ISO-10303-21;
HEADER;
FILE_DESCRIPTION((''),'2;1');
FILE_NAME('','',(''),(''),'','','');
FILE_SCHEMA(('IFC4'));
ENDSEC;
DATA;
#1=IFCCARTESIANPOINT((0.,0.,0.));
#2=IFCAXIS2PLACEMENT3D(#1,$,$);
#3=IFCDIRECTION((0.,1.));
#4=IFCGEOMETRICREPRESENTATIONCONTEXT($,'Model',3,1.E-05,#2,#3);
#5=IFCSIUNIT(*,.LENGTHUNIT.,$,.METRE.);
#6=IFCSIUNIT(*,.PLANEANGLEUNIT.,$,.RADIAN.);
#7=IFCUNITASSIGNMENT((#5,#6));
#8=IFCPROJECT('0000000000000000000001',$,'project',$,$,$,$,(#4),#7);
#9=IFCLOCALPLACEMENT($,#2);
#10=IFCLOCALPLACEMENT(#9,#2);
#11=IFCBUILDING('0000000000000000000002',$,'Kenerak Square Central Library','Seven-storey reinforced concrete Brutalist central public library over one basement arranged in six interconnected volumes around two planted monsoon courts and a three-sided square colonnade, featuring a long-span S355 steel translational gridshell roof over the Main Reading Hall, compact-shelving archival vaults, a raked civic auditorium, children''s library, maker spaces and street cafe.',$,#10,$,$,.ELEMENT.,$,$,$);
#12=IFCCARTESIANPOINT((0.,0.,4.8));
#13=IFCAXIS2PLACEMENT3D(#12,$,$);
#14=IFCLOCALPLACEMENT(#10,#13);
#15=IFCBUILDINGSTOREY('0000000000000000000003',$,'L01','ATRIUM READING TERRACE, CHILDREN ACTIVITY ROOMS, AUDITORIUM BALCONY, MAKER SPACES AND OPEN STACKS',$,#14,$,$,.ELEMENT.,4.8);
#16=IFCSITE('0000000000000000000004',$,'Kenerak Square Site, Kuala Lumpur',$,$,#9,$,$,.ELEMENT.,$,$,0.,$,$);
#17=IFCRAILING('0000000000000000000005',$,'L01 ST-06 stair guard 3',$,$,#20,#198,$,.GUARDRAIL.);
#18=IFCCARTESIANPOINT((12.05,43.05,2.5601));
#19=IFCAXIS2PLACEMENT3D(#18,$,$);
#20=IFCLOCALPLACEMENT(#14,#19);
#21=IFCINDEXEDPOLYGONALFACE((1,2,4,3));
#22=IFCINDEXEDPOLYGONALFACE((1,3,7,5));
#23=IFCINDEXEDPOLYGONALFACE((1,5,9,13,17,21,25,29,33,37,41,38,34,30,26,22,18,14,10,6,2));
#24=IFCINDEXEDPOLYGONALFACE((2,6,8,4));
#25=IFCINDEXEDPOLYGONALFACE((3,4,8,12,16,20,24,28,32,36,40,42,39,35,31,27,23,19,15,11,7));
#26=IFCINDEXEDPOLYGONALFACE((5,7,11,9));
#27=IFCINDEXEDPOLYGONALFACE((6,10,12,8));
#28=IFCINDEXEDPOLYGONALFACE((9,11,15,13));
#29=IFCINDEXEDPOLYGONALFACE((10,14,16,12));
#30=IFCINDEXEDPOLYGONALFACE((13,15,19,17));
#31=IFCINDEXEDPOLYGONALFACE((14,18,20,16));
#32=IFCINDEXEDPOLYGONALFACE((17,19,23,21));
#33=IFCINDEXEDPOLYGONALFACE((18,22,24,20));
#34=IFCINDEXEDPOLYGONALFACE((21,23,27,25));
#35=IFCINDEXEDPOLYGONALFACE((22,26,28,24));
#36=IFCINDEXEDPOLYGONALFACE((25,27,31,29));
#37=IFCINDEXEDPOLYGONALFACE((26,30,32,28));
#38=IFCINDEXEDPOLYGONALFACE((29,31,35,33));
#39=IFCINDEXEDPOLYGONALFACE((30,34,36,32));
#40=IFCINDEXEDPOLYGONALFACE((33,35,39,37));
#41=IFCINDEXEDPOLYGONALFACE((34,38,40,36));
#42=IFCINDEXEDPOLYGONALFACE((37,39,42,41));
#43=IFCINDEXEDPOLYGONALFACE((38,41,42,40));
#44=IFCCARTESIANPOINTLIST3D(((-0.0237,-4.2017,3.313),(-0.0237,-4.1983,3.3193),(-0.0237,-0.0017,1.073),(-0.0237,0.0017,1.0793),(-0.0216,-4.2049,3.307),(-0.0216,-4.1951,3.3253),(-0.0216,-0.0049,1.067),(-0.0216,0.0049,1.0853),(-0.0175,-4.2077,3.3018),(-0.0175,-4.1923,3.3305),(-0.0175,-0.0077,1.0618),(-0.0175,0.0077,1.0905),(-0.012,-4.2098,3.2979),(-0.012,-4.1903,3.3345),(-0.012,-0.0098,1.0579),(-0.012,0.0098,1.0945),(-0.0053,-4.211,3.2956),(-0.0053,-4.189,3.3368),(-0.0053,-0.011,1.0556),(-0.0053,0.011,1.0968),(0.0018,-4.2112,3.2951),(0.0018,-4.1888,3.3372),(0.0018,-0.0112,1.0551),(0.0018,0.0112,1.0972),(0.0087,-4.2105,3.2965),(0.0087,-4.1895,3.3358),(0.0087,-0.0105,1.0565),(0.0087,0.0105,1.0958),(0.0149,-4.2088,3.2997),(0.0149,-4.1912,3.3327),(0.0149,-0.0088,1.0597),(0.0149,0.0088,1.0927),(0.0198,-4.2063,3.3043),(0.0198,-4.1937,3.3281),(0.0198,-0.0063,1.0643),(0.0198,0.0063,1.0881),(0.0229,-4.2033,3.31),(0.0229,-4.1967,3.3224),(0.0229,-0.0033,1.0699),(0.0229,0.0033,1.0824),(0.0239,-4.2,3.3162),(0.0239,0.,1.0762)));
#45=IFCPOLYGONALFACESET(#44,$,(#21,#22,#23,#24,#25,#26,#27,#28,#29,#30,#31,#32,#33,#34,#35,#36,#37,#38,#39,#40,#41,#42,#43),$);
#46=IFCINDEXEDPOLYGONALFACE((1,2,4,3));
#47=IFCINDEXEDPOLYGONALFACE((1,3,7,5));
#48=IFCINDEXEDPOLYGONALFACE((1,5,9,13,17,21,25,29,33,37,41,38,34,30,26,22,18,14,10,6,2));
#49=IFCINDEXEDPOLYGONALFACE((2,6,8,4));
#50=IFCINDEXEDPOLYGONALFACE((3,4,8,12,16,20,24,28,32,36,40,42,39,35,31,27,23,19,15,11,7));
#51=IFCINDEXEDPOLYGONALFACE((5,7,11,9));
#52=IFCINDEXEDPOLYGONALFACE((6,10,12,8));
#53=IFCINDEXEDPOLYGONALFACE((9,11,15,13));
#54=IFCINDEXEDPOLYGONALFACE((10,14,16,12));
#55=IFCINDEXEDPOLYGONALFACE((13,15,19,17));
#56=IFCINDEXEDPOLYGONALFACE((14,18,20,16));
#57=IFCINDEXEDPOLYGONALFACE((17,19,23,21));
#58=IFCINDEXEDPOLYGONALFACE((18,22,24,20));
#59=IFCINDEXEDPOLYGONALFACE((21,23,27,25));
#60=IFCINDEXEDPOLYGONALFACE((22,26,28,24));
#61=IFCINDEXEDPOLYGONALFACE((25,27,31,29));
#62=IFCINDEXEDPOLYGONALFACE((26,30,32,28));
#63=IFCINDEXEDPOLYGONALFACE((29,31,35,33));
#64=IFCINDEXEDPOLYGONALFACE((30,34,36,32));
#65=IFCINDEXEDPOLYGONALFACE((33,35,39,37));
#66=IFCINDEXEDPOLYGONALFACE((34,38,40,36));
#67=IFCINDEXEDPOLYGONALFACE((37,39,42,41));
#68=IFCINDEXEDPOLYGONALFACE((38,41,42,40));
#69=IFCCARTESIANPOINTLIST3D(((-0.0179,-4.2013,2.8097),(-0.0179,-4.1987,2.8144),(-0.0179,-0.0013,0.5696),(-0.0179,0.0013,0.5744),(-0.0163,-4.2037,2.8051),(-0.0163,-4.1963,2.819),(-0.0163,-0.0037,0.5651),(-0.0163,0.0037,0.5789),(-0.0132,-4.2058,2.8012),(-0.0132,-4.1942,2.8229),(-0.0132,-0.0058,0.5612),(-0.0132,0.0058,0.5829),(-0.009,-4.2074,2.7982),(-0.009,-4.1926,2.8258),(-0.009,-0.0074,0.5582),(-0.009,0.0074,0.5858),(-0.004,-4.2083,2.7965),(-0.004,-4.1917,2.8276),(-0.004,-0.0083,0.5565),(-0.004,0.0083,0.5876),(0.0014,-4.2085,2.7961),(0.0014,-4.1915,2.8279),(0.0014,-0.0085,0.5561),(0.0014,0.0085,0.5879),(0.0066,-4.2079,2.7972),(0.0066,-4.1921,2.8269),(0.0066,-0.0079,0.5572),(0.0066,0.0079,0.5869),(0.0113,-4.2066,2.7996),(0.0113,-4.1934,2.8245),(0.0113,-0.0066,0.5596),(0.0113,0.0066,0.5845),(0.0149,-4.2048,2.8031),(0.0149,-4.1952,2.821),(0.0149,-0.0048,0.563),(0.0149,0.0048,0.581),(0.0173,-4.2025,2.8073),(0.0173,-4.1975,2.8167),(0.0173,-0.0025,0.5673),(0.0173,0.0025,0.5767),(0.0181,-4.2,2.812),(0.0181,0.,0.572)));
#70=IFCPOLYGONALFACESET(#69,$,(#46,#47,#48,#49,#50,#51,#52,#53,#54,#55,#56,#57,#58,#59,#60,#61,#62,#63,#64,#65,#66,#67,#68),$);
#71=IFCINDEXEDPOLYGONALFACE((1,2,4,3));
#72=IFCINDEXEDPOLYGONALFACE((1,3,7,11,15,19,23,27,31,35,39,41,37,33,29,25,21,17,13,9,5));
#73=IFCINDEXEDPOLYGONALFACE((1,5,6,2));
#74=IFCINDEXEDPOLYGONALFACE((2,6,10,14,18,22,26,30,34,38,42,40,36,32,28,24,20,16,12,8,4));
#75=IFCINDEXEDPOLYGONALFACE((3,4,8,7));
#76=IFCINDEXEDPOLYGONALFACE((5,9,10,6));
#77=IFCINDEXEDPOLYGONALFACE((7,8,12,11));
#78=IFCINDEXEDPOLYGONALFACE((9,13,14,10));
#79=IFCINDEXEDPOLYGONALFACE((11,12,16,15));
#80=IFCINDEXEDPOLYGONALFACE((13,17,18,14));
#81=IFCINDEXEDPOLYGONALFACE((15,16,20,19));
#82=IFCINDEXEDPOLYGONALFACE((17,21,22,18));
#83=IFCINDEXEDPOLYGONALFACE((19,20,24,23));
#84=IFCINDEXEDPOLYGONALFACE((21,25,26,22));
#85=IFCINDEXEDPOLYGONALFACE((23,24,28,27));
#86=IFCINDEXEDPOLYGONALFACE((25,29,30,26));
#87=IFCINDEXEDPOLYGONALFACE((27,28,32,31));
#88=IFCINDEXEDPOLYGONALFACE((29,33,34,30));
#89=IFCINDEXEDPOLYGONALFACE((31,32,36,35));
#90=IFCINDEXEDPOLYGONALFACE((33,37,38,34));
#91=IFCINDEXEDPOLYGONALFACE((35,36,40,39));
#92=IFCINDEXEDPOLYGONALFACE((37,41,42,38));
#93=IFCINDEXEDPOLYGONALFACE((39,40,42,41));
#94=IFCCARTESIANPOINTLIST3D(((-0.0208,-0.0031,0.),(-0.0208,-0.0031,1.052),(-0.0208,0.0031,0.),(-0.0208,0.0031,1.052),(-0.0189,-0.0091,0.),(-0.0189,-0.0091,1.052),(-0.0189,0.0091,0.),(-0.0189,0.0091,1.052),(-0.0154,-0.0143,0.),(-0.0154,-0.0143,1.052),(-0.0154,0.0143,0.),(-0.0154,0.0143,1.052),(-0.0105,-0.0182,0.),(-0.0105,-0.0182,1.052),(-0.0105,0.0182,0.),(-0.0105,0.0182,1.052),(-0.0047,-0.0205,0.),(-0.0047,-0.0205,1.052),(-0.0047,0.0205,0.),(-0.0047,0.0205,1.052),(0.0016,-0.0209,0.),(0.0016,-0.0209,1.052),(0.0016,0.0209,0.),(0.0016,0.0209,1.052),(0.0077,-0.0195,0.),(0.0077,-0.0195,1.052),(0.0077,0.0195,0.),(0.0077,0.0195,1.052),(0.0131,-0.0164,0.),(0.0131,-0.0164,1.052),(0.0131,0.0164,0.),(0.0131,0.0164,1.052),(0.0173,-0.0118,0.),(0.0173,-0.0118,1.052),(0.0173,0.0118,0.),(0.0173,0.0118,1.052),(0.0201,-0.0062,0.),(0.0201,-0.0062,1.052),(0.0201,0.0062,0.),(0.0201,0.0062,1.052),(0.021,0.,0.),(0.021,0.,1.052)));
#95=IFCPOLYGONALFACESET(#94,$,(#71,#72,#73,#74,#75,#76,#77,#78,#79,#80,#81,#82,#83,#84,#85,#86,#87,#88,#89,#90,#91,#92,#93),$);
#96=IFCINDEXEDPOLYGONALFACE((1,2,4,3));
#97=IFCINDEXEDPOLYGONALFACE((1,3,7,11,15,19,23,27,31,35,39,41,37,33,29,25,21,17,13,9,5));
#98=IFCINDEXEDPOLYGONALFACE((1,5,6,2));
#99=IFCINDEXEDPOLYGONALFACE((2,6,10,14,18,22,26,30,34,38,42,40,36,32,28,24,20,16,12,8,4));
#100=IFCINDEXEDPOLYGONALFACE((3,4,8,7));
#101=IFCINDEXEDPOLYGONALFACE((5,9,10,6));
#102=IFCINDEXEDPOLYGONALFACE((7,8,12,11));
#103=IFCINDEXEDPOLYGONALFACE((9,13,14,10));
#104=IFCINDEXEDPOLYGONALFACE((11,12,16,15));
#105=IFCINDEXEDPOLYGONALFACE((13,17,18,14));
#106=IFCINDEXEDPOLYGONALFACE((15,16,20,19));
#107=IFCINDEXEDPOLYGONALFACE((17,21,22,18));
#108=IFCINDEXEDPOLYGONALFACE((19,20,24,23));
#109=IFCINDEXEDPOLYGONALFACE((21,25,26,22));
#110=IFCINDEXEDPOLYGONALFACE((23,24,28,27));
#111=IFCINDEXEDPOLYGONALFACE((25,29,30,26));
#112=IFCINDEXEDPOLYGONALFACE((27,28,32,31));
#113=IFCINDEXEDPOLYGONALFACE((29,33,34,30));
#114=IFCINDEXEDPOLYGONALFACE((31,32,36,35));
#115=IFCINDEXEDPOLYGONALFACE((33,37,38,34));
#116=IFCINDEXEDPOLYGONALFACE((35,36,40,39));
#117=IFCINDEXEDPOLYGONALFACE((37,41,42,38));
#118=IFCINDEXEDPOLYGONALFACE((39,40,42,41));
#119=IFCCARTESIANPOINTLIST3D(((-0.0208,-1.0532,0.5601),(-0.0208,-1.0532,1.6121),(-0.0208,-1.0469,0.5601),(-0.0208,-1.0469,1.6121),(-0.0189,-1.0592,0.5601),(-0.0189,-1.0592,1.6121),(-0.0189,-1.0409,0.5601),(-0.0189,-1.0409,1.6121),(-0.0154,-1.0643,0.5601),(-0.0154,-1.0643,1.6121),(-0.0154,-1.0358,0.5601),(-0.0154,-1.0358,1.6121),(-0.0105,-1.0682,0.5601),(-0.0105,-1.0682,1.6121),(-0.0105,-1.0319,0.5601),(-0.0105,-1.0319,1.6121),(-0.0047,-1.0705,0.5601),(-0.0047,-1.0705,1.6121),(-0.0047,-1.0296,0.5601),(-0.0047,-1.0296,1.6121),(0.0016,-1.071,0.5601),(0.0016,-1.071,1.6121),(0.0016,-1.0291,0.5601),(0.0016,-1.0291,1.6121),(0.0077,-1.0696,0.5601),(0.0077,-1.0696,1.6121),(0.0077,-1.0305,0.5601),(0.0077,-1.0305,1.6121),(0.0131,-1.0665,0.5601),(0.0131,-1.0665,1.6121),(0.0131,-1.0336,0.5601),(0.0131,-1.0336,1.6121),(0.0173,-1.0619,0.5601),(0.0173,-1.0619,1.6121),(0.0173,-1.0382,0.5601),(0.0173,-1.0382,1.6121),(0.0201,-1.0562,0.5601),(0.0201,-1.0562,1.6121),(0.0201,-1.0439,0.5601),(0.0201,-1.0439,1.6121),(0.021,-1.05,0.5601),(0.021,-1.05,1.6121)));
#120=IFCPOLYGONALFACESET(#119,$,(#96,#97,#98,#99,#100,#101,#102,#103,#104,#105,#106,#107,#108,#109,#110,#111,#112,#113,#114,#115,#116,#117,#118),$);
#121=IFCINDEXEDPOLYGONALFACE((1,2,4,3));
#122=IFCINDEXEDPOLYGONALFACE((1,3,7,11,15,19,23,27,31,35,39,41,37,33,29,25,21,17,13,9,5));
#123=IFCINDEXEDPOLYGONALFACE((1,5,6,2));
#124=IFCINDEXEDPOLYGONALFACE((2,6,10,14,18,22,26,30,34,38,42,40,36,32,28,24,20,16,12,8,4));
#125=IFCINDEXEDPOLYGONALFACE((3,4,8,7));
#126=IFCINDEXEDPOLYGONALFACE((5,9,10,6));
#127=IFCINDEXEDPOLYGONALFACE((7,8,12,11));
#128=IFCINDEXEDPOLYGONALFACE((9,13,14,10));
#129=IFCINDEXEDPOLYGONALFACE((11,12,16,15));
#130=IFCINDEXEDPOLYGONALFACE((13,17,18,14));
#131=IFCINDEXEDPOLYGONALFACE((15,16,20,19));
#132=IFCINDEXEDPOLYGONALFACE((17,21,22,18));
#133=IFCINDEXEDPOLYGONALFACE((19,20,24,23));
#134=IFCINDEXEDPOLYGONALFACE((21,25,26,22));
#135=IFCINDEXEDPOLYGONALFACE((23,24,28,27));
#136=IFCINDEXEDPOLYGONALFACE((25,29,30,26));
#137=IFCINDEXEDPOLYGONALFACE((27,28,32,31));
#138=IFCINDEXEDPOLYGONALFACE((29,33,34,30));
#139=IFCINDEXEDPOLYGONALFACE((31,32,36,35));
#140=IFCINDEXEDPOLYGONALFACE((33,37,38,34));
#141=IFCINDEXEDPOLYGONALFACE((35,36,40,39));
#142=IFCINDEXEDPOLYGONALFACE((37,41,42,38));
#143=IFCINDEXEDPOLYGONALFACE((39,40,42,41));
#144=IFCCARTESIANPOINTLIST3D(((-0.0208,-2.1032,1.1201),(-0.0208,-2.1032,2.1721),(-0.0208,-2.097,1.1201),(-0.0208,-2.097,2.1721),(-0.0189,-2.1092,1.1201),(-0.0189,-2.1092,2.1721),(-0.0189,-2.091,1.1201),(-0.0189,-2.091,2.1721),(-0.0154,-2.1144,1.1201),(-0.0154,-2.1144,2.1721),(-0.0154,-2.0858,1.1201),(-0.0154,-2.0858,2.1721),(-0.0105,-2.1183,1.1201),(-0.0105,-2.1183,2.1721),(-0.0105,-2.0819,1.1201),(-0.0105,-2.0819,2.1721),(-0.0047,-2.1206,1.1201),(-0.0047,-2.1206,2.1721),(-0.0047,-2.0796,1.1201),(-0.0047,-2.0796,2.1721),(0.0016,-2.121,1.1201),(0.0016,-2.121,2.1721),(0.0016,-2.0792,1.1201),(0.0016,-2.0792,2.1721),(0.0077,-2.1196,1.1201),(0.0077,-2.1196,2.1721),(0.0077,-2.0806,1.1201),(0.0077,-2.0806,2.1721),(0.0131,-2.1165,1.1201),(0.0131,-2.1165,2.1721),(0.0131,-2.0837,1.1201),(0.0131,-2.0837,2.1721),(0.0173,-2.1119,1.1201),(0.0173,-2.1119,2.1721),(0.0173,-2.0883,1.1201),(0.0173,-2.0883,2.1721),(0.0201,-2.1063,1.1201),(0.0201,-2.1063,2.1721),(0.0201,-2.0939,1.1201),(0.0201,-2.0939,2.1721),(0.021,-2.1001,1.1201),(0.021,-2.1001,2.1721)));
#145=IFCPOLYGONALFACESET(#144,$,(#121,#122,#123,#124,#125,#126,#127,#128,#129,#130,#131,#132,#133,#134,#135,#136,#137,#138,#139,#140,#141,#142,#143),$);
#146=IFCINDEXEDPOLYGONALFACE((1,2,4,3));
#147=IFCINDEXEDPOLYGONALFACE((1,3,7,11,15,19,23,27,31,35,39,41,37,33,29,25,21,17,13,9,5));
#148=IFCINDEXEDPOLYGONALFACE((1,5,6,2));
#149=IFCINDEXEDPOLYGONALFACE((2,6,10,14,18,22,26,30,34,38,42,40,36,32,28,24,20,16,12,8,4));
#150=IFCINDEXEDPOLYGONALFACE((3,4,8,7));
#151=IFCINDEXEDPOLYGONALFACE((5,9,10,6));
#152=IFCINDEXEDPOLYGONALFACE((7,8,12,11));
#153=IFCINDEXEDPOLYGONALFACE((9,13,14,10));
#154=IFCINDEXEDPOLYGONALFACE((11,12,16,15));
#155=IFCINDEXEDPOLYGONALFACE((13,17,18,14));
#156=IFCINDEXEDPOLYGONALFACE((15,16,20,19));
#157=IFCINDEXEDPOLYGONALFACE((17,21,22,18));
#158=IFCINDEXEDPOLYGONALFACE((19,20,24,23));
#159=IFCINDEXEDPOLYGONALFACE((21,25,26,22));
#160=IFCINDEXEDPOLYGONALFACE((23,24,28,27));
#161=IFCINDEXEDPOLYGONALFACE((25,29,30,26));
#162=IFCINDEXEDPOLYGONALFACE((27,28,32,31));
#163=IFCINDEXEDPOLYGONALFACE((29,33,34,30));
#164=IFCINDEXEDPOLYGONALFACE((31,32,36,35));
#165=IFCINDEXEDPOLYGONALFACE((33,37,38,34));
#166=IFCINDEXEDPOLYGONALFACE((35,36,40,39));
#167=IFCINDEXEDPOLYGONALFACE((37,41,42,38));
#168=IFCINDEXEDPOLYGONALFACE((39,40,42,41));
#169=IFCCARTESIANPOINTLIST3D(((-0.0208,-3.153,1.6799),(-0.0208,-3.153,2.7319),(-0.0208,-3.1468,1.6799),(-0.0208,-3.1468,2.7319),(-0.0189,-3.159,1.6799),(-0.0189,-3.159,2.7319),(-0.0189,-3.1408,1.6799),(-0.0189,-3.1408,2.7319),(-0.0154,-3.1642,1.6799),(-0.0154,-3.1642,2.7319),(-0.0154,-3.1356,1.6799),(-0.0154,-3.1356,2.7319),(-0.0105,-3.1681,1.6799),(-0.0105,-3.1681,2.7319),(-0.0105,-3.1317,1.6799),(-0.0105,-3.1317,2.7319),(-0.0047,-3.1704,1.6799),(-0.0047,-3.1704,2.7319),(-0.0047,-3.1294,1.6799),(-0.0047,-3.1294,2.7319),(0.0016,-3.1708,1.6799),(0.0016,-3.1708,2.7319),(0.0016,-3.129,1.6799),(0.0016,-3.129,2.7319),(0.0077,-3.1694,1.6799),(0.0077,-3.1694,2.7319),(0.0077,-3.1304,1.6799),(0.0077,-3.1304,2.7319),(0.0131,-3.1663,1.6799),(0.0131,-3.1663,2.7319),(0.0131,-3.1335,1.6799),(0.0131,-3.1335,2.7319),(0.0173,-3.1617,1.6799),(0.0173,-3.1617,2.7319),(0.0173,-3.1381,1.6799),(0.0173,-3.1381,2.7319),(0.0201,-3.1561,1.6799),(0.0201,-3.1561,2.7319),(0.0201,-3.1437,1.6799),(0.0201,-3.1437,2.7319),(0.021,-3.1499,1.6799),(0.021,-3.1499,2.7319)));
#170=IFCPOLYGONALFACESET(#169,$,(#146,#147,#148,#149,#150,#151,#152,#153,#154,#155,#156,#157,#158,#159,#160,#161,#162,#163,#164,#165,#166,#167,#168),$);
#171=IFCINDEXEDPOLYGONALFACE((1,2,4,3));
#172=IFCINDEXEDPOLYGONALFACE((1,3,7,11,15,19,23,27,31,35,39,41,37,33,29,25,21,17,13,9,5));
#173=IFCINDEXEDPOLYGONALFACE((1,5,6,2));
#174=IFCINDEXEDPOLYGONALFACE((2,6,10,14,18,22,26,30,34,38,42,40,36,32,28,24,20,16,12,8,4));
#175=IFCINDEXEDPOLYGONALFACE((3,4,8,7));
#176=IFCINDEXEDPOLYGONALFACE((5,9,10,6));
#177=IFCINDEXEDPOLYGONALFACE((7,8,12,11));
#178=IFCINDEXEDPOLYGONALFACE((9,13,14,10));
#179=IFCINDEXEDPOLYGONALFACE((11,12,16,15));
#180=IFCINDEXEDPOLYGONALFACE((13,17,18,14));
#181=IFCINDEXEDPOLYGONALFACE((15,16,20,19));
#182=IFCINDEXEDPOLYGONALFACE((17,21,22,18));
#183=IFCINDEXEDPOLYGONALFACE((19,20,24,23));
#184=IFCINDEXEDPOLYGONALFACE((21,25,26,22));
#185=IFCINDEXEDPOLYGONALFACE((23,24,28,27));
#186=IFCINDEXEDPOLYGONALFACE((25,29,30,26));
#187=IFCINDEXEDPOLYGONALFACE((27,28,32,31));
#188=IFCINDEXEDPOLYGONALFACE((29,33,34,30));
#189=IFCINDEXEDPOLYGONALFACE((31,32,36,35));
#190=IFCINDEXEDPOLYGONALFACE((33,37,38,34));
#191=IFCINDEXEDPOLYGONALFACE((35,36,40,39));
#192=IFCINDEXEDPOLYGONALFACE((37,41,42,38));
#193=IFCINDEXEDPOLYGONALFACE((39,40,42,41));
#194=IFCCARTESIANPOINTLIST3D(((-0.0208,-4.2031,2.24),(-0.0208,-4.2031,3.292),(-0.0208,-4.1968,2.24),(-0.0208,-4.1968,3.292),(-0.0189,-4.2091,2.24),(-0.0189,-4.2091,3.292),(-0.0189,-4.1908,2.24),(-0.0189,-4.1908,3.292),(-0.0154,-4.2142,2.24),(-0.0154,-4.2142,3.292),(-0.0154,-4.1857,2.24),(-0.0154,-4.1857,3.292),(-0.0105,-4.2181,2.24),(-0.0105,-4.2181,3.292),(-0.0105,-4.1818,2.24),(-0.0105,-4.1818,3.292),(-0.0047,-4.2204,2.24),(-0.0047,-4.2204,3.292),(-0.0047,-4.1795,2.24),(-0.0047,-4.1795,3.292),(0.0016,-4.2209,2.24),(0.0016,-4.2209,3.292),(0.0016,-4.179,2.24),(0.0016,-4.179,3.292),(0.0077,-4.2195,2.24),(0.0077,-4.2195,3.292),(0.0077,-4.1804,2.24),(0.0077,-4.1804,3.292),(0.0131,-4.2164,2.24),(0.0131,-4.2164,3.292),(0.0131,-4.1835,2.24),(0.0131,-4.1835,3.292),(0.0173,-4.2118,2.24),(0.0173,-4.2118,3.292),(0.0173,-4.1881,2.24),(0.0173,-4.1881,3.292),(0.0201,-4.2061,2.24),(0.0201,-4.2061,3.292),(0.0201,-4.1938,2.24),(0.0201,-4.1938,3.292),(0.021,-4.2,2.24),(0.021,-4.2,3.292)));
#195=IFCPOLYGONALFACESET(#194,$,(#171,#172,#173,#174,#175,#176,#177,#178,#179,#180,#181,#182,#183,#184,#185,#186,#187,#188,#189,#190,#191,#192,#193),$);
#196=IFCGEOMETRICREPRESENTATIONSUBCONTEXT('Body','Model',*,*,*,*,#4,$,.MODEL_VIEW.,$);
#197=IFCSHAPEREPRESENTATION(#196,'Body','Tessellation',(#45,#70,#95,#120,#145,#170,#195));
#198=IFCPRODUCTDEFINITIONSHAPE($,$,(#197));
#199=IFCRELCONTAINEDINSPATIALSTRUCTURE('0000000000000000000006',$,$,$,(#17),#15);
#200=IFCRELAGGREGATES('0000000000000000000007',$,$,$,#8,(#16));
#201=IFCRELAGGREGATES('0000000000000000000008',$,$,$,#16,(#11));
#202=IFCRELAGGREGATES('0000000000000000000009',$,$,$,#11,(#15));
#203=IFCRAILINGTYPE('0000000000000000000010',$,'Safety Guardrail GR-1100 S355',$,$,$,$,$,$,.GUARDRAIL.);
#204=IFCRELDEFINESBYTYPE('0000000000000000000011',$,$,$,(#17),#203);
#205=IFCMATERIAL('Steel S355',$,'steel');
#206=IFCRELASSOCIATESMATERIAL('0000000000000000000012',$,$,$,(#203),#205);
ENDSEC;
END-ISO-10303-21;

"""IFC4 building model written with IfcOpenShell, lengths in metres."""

from ifc_helpers import new_model, si_unit, direction, frame, origin, origin_2d, place, context, subcontext, project, spatial, circle, extrude, material, type_object, element, save


model = new_model("IFC4")

# Units and contexts
model_context = context("Model", 3, precision=1e-05, world=origin(), true_north=direction((0.0, 1.0)))
body_context = subcontext(model_context, "Body", "Model", "MODEL_VIEW")
ifc_project = project(units=[si_unit("LENGTHUNIT", "METRE"), si_unit("PLANEANGLEUNIT", "RADIAN")], contexts=[model_context])

# Site, building, storey
site_placement = place(None, origin())
site = spatial("IfcSite", under=ifc_project, at=site_placement, Name="Kenerak Square Site, Kuala Lumpur", CompositionType="ELEMENT", RefElevation=0.0)
building_placement = place(site_placement, origin())
building = spatial("IfcBuilding", under=site, at=building_placement, Name="Kenerak Square Central Library", Description="Seven-storey reinforced concrete Brutalist central public library over one basement arranged in six interconnected volumes around two planted monsoon courts and a three-sided square colonnade, featuring a long-span S355 steel translational gridshell roof over the Main Reading Hall, compact-shelving archival vaults, a raked civic auditorium, children's library, maker spaces and street cafe.", CompositionType="ELEMENT")
storey_placement = place(building_placement, frame((0.0, 0.0, 4.8)))
storey = spatial("IfcBuildingStorey", under=building, at=storey_placement, Name="L01", Description="ATRIUM READING TERRACE, CHILDREN ACTIVITY ROOMS, AUDITORIUM BALCONY, MAKER SPACES AND OPEN STACKS", CompositionType="ELEMENT", Elevation=4.8)

# Railing
ifc_material_1 = material(Name="Steel S355", Category="steel")
railing_type_1 = type_object("IfcRailingType", Name="Safety Guardrail GR-1100 S355", PredefinedType="GUARDRAIL", material=ifc_material_1)
railing_1_placement = place(storey_placement, frame((12.05, 43.05, 2.5601)))
element("IfcRailing", 1, at=railing_1_placement, inside=storey, type_object=railing_type_1, Name="L01 ST-06 stair guard 3", PredefinedType="GUARDRAIL", context=body_context, shape_type="SweptSolid", body=[
    extrude(circle(Radius=0.0239, at=origin_2d()), frame((0.0, 0.0, 1.0762), z_axis=(0.0, -0.882352, 0.470591), x_axis=(1.0, 0.0, 0.0)), (0.0, 0.0, 1.0), 4.76),
    extrude(circle(Radius=0.0181, at=origin_2d()), frame((0.0, 0.0, 0.572), z_axis=(0.0, -0.882352, 0.470591), x_axis=(1.0, 0.0, 0.0)), (0.0, 0.0, 1.0), 4.76),
    extrude(circle(Radius=0.021, at=origin_2d()), origin(), (0.0, 0.0, 1.0), 1.052),
    extrude(circle(Radius=0.021, at=origin_2d()), frame((0.0, -1.05, 0.5601)), (0.0, 0.0, 1.0), 1.052),
    extrude(circle(Radius=0.021, at=origin_2d()), frame((0.0, -2.1001, 1.1201)), (0.0, 0.0, 1.0), 1.052),
    extrude(circle(Radius=0.021, at=origin_2d()), frame((0.0, -3.1499, 1.6799)), (0.0, 0.0, 1.0), 1.052),
    extrude(circle(Radius=0.021, at=origin_2d()), frame((0.0, -4.2, 2.24)), (0.0, 0.0, 1.0), 1.052),
])

save(model, "model.ifc")
